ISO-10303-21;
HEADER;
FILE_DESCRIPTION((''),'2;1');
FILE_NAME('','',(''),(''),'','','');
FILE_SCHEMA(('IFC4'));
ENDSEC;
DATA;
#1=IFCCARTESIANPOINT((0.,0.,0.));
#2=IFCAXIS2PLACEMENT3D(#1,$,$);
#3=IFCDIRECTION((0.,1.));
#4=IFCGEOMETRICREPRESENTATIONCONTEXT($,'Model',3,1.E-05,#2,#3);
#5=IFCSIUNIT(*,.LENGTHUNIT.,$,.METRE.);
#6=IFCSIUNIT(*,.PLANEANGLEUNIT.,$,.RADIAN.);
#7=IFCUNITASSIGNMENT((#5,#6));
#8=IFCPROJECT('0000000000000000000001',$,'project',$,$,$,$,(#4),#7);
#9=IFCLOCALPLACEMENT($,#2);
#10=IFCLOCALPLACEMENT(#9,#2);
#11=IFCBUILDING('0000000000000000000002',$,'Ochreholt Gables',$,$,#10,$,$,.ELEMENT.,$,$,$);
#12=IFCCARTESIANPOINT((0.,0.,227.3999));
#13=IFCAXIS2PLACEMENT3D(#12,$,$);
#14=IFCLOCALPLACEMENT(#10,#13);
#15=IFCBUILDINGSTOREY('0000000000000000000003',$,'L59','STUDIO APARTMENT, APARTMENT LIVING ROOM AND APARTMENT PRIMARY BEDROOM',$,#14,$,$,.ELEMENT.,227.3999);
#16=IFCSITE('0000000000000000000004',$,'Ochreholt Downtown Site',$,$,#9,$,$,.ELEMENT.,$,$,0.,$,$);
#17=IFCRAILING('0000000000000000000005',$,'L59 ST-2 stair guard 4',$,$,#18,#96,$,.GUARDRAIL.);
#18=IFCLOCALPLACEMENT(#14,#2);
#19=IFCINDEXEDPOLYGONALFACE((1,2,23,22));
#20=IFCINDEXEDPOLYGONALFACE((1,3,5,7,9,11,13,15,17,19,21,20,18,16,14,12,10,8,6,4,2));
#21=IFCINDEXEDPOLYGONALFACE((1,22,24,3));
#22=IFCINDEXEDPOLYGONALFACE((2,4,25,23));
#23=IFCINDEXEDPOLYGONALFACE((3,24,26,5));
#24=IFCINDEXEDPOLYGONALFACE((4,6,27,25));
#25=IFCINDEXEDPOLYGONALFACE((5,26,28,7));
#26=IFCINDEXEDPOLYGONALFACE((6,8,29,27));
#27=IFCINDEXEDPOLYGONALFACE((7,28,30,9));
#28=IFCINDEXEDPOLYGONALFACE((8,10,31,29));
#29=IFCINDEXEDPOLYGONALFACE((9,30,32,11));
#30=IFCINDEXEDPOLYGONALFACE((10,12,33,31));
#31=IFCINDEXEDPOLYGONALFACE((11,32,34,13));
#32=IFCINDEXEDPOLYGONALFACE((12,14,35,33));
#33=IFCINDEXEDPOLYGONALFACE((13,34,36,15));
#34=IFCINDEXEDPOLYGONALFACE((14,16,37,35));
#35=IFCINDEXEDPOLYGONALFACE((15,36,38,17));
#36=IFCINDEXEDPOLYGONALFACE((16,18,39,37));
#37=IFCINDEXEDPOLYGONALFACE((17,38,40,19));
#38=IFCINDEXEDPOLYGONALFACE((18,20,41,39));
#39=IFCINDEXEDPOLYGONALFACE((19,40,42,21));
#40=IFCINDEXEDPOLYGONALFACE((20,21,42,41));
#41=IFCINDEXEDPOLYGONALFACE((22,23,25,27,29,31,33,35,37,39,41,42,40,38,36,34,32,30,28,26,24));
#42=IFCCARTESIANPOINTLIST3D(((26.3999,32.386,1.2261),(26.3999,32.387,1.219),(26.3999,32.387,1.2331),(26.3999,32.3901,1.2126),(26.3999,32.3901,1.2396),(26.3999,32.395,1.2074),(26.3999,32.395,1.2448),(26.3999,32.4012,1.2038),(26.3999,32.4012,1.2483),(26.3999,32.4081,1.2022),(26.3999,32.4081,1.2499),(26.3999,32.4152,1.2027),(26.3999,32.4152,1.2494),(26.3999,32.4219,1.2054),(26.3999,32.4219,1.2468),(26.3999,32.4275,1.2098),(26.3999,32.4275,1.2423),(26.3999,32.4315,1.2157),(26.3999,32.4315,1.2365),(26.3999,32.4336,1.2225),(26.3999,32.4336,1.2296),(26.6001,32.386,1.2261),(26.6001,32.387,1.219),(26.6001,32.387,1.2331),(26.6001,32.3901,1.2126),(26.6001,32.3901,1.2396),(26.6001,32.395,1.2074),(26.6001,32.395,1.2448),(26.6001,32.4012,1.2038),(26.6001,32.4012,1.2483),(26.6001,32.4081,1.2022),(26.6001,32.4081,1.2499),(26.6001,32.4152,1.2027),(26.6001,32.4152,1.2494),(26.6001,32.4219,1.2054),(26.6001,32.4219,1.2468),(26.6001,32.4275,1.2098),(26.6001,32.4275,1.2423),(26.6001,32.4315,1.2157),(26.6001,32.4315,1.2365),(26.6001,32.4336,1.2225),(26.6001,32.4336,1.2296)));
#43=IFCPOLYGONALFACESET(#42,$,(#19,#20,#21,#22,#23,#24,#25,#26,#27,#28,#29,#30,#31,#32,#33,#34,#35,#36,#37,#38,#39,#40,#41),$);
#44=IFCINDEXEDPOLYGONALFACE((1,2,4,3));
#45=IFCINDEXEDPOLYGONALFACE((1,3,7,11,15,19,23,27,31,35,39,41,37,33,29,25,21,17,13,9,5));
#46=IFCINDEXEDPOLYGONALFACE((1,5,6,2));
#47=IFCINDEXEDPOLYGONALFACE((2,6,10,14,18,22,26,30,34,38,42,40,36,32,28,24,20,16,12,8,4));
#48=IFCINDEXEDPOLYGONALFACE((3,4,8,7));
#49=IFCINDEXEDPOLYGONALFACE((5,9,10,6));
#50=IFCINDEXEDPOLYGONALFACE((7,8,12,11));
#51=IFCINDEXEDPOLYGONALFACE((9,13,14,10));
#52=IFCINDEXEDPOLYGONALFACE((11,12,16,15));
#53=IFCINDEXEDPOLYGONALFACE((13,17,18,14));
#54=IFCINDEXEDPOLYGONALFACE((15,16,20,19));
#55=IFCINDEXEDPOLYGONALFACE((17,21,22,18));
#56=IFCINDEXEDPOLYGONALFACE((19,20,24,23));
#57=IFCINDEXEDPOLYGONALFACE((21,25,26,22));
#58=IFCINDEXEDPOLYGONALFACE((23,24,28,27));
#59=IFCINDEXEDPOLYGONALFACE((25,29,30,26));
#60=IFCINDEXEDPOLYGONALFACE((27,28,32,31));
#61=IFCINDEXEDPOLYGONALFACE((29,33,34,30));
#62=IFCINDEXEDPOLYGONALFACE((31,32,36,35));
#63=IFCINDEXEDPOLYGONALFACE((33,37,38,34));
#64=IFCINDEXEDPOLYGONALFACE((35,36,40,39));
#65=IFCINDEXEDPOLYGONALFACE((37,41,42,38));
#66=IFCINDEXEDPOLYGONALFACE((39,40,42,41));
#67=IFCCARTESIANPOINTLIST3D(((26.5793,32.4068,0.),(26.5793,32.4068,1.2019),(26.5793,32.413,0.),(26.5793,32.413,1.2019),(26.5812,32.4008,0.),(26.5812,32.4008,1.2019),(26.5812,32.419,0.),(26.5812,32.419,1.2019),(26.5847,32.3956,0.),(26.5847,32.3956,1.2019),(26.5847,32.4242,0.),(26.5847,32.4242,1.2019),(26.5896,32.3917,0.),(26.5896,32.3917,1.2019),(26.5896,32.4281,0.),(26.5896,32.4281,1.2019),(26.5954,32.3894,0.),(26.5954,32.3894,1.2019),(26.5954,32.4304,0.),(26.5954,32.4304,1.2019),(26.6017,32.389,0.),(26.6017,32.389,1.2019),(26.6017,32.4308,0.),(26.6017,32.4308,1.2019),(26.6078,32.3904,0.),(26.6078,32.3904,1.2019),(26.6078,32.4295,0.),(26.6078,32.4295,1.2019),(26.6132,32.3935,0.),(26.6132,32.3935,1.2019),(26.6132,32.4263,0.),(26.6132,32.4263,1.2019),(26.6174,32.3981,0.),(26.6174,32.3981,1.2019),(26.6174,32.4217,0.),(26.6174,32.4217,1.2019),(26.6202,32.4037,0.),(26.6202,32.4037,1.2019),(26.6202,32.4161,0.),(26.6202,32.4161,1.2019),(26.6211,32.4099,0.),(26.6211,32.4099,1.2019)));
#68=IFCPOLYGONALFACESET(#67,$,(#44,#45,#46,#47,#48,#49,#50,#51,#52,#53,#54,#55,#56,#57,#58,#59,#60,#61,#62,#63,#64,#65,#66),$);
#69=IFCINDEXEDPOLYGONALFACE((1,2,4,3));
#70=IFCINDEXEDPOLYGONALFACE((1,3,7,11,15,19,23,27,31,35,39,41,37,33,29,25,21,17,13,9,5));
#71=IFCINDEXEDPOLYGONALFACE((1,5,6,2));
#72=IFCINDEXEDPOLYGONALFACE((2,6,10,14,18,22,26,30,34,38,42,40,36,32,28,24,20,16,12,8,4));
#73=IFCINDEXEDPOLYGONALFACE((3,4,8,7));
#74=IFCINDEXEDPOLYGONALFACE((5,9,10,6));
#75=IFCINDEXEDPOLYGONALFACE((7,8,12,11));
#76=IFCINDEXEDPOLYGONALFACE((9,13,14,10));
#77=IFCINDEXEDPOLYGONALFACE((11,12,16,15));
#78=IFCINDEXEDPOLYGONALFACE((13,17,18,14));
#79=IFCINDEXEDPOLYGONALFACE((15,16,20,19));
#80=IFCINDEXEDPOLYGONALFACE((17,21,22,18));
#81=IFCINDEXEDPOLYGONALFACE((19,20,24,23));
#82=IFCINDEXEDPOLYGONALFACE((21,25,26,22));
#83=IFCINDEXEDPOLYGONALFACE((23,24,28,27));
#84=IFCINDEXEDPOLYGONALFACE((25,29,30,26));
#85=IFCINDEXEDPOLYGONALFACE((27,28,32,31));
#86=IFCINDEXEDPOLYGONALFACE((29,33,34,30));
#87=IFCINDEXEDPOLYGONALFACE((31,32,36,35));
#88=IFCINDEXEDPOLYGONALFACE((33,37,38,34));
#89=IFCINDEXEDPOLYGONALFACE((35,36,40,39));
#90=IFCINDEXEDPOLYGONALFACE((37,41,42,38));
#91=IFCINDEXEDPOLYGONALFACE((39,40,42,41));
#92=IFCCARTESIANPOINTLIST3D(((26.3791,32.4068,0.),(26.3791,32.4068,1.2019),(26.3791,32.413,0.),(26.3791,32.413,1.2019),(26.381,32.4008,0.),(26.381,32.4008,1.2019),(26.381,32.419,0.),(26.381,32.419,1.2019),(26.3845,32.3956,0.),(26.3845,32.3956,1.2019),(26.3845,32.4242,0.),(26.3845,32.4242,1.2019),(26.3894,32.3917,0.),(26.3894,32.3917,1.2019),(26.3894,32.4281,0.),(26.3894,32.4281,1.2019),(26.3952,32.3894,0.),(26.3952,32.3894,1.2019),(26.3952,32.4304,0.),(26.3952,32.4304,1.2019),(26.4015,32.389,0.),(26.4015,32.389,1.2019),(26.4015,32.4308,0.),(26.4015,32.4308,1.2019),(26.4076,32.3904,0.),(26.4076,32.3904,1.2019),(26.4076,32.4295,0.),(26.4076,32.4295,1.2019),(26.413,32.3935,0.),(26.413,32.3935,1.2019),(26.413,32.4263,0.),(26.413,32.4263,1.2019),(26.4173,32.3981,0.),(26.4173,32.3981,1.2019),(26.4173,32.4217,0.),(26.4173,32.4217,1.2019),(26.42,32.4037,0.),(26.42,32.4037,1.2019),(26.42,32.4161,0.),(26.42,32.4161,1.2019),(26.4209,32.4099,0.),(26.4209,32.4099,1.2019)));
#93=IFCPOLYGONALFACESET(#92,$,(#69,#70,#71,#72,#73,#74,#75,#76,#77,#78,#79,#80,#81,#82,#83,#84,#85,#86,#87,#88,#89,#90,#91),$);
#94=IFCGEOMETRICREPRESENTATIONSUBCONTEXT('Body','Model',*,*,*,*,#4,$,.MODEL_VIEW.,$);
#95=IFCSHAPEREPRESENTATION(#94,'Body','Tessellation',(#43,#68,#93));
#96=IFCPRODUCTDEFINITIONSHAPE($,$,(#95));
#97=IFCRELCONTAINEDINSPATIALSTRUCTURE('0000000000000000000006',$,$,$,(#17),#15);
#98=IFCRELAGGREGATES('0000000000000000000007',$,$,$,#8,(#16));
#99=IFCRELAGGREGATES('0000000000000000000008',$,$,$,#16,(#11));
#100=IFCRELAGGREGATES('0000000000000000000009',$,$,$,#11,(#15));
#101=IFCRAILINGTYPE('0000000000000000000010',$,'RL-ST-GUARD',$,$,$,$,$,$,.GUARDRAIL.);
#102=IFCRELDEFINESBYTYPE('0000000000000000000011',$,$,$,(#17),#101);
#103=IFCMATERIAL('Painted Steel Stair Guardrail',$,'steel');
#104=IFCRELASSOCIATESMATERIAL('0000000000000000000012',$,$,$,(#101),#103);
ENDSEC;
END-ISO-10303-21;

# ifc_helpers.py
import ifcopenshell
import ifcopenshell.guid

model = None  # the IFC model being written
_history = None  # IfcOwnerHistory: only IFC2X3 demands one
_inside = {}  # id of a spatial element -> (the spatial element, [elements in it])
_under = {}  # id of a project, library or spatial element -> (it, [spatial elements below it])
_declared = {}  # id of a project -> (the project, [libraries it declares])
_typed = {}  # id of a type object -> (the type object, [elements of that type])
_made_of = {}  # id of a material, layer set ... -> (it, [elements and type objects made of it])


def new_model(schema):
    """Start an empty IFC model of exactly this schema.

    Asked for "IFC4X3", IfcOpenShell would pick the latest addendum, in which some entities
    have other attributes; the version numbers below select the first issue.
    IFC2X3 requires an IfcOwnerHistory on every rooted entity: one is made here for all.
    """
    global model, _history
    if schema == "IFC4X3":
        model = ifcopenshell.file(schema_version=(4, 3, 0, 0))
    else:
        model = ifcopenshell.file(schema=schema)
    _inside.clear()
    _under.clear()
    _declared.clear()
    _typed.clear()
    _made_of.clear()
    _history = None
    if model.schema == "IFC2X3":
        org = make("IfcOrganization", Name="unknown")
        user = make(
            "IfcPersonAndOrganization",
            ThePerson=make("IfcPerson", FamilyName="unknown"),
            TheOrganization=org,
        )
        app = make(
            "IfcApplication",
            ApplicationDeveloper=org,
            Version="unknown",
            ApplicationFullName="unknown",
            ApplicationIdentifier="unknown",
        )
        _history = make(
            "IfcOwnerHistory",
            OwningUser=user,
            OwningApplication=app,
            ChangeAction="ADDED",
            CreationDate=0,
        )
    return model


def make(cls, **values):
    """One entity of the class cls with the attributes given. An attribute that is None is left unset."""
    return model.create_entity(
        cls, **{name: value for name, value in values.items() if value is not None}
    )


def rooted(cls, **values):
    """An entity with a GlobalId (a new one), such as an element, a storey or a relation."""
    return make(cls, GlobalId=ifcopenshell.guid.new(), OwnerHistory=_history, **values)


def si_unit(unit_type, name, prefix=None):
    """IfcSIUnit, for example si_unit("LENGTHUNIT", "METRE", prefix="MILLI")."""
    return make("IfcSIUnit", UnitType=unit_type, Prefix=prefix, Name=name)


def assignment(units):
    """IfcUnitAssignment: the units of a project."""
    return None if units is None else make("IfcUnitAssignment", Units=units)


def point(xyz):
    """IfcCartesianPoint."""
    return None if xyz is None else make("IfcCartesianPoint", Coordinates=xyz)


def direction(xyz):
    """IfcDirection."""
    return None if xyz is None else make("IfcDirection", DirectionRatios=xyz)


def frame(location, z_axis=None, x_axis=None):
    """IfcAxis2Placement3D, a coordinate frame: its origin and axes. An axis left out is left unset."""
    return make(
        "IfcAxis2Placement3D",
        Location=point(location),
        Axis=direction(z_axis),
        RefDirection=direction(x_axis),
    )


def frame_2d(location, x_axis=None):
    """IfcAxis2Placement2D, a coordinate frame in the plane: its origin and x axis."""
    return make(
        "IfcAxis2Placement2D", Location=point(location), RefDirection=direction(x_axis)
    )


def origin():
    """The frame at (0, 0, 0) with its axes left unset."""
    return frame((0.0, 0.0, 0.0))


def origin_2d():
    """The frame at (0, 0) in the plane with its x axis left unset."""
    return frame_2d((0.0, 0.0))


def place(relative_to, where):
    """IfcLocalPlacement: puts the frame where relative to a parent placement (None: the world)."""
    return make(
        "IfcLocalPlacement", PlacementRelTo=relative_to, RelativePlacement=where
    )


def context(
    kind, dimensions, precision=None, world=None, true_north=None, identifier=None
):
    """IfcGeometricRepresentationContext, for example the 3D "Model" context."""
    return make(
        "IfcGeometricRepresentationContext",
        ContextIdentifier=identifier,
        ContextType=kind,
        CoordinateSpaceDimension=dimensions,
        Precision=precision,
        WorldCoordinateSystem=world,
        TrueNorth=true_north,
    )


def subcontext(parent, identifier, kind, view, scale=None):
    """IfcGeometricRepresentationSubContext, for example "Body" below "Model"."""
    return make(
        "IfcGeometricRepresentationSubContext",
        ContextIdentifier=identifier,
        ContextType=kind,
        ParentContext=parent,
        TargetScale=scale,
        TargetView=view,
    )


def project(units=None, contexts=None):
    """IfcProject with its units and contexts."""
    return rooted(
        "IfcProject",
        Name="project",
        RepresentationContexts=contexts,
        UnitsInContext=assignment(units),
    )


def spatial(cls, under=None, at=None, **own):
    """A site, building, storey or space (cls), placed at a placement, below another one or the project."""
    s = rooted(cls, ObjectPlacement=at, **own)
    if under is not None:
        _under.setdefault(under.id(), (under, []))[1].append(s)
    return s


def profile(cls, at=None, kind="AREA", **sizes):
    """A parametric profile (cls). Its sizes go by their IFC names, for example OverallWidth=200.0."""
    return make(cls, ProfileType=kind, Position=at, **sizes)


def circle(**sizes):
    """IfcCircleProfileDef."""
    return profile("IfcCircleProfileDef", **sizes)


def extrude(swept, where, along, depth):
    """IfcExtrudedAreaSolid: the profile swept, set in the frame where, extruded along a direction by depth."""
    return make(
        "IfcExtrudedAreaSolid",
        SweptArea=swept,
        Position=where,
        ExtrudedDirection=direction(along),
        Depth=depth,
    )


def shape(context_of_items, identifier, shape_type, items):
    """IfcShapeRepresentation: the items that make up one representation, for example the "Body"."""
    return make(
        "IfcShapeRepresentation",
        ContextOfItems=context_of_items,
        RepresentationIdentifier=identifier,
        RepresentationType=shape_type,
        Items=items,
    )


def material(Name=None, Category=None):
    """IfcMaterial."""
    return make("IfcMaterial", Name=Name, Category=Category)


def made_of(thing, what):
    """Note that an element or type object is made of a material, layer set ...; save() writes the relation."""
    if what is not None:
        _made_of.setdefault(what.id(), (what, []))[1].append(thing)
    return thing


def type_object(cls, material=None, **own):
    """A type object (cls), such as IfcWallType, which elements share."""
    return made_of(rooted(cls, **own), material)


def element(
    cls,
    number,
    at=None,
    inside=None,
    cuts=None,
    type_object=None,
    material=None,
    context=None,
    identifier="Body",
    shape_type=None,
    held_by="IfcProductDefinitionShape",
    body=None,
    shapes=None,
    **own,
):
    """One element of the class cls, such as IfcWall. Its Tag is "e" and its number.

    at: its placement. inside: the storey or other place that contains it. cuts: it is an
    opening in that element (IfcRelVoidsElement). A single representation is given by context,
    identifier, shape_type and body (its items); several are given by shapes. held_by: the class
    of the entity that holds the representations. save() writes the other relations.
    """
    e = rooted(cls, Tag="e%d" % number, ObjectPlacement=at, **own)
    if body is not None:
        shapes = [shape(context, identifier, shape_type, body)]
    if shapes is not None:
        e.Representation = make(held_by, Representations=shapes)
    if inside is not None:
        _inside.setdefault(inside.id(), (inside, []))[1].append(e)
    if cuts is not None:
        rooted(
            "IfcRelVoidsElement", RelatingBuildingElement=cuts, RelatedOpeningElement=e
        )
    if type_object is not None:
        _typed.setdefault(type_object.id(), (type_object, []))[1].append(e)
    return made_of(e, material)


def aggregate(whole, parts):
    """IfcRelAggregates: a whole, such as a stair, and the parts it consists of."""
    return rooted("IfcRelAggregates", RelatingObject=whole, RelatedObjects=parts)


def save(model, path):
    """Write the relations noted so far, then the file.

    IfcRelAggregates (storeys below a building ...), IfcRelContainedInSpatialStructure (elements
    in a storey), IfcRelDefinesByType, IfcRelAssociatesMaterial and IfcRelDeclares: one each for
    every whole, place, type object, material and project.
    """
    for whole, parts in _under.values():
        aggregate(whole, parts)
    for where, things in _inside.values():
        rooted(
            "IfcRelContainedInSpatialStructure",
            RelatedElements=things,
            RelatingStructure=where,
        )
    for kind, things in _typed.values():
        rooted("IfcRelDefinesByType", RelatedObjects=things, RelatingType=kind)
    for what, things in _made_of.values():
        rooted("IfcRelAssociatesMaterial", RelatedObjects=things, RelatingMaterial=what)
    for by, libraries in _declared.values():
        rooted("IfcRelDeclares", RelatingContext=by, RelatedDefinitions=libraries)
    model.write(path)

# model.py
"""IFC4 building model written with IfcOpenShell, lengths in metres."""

from ifc_helpers import new_model, si_unit, direction, frame, origin, origin_2d, place, context, subcontext, project, spatial, circle, extrude, material, type_object, element, save


model = new_model("IFC4")

# Units and contexts
model_context = context("Model", 3, precision=1e-05, world=origin(), true_north=direction((0.0, 1.0)))
body_context = subcontext(model_context, "Body", "Model", "MODEL_VIEW")
ifc_project = project(units=[si_unit("LENGTHUNIT", "METRE"), si_unit("PLANEANGLEUNIT", "RADIAN")], contexts=[model_context])

# Site, building, storey
site_placement = place(None, origin())
site = spatial("IfcSite", under=ifc_project, at=site_placement, Name="Ochreholt Downtown Site", CompositionType="ELEMENT", RefElevation=0.0)
building_placement = place(site_placement, origin())
building = spatial("IfcBuilding", under=site, at=building_placement, Name="Ochreholt Gables", CompositionType="ELEMENT")
storey_placement = place(building_placement, frame((0.0, 0.0, 227.3999)))
storey = spatial("IfcBuildingStorey", under=building, at=storey_placement, Name="L59", Description="STUDIO APARTMENT, APARTMENT LIVING ROOM AND APARTMENT PRIMARY BEDROOM", CompositionType="ELEMENT", Elevation=227.3999)

# Railing
ifc_material_1 = material(Name="Painted Steel Stair Guardrail", Category="steel")
railing_type_1 = type_object("IfcRailingType", Name="RL-ST-GUARD", PredefinedType="GUARDRAIL", material=ifc_material_1)
railing_1_placement = place(storey_placement, frame((26.6001, 32.4099, 0.0)))
element("IfcRailing", 1, at=railing_1_placement, inside=storey, type_object=railing_type_1, Name="L59 ST-2 stair guard 4", PredefinedType="GUARDRAIL", context=body_context, shape_type="SweptSolid", body=[
    extrude(circle(Radius=0.0239, at=origin_2d()), frame((0.0, 0.0, 1.2261), z_axis=(-1.0, 0.0, 0.0), x_axis=(0.0, -1.0, 0.0)), (0.0, 0.0, 1.0), 0.2002),
    extrude(circle(Radius=0.021, at=origin_2d()), origin(), (0.0, 0.0, 1.0), 1.2019),
    extrude(circle(Radius=0.021, at=origin_2d()), frame((-0.2002, 0.0, 0.0)), (0.0, 0.0, 1.0), 1.2019),
])

save(model, "model.ifc")
